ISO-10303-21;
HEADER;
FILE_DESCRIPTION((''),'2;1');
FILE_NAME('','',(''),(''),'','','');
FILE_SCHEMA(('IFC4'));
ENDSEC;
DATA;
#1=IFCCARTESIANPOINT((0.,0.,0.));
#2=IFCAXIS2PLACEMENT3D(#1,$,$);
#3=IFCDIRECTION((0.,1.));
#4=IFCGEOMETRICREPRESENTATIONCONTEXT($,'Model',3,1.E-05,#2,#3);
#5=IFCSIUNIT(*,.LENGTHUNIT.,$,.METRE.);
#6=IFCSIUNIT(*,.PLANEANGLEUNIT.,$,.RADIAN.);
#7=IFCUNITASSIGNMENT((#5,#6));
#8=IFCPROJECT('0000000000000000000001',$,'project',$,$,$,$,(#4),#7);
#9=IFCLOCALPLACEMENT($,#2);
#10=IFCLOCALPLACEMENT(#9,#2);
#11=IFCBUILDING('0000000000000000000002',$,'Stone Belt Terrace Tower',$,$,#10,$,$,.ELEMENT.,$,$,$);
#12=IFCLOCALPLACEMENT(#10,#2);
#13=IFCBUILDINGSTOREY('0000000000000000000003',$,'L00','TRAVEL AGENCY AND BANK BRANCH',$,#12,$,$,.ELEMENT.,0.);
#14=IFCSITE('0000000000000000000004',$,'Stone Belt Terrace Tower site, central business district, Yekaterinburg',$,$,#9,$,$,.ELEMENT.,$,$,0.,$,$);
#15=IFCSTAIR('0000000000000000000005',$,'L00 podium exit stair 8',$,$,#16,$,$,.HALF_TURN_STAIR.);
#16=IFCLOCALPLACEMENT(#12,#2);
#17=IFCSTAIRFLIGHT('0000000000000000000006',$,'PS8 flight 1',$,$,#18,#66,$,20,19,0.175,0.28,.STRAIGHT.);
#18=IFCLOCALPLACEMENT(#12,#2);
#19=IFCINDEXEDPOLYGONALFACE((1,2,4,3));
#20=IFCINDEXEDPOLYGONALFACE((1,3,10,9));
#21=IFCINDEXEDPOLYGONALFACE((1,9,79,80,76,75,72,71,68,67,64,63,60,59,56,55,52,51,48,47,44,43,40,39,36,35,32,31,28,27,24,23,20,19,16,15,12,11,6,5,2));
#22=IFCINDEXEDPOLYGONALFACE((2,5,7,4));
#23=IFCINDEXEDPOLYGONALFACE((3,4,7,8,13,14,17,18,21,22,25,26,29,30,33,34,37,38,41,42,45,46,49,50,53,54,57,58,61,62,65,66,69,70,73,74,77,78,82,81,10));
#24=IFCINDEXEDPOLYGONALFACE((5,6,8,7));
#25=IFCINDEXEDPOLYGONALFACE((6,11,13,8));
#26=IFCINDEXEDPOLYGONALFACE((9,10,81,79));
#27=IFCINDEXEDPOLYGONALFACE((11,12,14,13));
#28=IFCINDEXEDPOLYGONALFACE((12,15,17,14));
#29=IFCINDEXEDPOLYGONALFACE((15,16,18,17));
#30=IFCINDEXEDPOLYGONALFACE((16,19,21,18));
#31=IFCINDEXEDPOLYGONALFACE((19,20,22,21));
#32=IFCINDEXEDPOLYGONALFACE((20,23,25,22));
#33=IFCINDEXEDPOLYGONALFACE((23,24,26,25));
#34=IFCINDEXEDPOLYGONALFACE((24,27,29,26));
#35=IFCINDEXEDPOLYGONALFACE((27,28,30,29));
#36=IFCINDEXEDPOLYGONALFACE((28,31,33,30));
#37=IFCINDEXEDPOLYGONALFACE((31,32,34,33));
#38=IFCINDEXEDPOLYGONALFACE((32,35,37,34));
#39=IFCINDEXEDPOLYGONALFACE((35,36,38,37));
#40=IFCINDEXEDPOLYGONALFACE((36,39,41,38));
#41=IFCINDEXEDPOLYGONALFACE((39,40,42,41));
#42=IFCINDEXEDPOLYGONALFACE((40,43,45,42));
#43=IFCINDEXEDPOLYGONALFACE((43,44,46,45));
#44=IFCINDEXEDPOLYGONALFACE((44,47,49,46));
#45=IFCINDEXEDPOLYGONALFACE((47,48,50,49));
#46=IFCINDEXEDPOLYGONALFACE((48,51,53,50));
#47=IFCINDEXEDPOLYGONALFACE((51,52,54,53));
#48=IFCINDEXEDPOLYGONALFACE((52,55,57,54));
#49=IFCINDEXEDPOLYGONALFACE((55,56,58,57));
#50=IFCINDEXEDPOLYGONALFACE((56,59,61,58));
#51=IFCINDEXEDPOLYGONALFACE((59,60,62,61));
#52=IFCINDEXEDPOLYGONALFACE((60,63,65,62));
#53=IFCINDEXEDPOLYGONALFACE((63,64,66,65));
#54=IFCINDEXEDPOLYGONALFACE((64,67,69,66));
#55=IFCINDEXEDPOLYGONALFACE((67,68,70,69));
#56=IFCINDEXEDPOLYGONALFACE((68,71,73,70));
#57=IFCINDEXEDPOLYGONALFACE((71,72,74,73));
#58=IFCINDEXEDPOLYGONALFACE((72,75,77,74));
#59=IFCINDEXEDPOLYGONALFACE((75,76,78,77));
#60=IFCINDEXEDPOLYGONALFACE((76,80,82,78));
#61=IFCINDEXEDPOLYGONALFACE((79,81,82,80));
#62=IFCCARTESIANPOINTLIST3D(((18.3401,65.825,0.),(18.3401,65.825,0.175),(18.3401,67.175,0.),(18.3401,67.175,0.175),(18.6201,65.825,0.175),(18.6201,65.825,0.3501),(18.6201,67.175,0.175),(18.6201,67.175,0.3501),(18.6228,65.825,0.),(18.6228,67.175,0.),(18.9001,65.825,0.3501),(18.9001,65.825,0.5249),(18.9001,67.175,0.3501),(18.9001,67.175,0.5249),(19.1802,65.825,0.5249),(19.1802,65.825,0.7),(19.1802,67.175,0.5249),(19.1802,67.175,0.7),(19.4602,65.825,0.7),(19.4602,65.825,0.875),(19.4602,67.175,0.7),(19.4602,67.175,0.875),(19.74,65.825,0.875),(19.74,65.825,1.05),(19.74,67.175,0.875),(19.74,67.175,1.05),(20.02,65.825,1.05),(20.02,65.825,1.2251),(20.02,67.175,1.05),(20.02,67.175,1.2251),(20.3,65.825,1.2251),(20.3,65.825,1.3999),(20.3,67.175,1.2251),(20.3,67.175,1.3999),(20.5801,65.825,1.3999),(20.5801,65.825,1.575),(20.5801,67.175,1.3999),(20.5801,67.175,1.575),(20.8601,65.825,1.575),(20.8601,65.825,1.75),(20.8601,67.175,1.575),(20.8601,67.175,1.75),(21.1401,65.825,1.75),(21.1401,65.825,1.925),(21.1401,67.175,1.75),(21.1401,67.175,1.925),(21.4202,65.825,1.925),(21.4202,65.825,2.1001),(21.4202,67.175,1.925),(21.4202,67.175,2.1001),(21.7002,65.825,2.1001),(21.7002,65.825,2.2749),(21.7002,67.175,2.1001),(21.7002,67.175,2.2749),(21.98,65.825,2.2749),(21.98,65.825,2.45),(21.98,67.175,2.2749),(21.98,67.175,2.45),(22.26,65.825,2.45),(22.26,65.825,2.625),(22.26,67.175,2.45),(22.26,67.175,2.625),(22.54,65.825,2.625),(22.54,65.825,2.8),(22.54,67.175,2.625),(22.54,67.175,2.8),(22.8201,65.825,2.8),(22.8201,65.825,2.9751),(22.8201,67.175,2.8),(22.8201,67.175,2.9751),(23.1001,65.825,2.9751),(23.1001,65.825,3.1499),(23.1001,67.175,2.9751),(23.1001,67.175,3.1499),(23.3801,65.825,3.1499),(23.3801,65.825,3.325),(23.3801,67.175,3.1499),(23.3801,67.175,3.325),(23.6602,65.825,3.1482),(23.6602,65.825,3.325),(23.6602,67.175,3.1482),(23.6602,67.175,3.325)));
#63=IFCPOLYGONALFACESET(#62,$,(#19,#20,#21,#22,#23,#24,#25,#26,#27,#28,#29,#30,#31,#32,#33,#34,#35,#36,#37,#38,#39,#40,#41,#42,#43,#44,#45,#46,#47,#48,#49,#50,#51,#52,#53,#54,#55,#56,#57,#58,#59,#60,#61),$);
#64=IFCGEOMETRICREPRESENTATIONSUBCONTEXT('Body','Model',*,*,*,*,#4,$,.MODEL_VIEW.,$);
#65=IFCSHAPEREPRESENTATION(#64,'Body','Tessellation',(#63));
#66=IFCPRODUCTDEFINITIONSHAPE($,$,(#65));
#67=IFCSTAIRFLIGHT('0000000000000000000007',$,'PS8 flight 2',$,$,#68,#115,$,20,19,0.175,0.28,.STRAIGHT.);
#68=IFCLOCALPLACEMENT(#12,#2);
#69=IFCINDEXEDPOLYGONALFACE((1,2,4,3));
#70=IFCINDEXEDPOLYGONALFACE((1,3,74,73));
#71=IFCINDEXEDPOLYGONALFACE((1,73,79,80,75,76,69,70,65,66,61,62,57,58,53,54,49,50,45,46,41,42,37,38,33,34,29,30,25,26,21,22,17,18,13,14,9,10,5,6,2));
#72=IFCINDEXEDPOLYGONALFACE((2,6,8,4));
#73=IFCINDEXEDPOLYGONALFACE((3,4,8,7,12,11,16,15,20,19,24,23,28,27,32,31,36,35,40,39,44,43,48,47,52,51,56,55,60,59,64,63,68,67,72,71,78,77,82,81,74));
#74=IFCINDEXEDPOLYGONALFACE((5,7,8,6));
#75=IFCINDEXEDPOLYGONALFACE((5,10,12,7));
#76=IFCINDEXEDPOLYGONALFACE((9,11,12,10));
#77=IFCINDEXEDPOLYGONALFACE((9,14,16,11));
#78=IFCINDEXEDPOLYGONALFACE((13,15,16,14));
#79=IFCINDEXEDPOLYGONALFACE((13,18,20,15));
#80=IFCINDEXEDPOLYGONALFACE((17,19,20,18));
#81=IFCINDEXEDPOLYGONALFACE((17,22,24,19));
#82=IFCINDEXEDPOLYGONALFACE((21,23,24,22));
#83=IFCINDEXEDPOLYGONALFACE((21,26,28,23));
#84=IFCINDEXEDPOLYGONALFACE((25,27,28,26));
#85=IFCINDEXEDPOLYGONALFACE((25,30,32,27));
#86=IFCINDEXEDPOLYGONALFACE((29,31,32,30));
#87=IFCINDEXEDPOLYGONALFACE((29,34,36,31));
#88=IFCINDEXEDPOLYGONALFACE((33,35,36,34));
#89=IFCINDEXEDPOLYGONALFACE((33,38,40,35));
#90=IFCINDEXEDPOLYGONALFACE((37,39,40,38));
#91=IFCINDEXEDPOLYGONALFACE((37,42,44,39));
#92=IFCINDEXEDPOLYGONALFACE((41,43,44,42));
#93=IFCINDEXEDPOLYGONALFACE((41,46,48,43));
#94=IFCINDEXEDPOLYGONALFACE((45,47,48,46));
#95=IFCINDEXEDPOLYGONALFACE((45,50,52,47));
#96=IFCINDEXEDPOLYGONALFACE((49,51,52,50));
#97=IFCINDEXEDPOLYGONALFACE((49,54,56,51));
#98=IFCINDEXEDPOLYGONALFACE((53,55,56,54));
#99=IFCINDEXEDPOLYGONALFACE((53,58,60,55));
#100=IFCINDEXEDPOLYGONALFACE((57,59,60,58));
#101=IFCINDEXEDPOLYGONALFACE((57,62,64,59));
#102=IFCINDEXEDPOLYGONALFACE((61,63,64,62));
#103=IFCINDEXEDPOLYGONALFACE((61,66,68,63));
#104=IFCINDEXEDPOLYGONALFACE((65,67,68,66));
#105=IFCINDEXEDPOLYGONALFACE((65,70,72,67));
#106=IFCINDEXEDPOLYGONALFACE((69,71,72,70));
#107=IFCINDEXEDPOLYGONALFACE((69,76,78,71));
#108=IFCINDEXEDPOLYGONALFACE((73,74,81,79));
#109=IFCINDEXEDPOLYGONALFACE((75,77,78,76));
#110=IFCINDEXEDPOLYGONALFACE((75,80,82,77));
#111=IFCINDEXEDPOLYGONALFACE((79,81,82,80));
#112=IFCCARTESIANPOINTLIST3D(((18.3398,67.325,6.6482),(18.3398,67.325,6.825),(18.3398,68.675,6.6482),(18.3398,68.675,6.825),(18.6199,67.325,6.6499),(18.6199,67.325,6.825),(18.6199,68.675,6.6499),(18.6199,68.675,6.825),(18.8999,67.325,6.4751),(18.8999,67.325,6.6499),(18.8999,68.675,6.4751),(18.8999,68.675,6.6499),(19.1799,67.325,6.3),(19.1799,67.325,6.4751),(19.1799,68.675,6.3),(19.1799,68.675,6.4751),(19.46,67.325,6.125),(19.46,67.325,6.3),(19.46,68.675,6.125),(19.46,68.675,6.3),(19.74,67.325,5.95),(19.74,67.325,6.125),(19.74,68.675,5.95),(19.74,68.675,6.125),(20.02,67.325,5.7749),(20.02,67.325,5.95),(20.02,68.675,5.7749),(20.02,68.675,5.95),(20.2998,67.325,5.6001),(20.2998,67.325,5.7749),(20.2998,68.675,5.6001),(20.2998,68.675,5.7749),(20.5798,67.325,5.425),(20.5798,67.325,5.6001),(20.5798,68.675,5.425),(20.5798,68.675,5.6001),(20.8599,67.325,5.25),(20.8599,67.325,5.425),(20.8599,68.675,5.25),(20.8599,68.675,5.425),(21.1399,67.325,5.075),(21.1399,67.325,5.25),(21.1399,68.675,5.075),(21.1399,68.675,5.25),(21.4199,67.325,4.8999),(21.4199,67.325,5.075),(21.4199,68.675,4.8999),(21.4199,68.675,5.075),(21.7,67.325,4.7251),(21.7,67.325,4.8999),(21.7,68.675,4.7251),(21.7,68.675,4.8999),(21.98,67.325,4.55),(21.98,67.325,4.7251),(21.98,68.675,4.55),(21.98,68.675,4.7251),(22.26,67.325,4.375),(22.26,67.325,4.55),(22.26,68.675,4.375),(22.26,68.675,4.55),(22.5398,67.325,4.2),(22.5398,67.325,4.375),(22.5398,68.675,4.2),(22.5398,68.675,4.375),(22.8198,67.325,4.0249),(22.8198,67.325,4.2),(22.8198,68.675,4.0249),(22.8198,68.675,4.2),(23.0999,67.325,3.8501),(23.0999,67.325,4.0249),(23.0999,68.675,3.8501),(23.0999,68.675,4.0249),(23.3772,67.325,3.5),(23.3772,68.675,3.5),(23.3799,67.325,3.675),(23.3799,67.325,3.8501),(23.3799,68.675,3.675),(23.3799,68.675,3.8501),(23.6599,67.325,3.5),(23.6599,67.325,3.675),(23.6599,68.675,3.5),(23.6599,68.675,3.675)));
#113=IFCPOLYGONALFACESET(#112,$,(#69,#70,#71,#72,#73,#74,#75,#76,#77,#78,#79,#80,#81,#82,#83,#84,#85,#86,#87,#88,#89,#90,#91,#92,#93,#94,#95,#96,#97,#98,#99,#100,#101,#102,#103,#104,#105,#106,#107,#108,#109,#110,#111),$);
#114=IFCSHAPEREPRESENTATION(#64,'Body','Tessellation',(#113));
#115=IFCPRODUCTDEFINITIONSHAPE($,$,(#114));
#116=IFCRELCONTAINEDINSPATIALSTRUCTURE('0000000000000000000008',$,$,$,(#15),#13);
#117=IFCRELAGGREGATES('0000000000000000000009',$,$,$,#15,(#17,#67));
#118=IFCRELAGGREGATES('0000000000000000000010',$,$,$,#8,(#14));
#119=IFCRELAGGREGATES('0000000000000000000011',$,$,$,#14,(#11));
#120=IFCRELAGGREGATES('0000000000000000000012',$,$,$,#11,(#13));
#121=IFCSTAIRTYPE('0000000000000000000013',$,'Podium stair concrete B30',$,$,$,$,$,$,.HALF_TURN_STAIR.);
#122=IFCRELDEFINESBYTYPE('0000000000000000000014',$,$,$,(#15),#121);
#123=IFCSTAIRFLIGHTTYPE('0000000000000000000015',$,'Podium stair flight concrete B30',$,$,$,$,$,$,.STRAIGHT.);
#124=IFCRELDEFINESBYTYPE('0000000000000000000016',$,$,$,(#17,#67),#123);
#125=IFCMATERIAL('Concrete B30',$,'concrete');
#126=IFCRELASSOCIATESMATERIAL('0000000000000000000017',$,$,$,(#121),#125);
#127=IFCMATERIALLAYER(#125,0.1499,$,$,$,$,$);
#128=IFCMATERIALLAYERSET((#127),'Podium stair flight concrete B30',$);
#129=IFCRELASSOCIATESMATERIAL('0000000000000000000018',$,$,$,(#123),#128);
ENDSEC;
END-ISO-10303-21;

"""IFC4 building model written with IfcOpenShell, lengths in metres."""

from ifc_helpers import new_model, si_unit, direction, frame, origin, place, context, subcontext, project, spatial, polyline, outline, extrude, material, layer, layer_set, type_object, element, aggregate, save


model = new_model("IFC4")

# Units and contexts
model_context = context("Model", 3, precision=1e-05, world=origin(), true_north=direction((0.0, 1.0)))
body_context = subcontext(model_context, "Body", "Model", "MODEL_VIEW")
ifc_project = project(units=[si_unit("LENGTHUNIT", "METRE"), si_unit("PLANEANGLEUNIT", "RADIAN")], contexts=[model_context])

# Site, building, storey
site_placement = place(None, origin())
site = spatial("IfcSite", under=ifc_project, at=site_placement, Name="Stone Belt Terrace Tower site, central business district, Yekaterinburg", CompositionType="ELEMENT", RefElevation=0.0)
building_placement = place(site_placement, origin())
building = spatial("IfcBuilding", under=site, at=building_placement, Name="Stone Belt Terrace Tower", CompositionType="ELEMENT")
storey_placement = place(building_placement, origin())
storey = spatial("IfcBuildingStorey", under=building, at=storey_placement, Name="L00", Description="TRAVEL AGENCY AND BANK BRANCH", CompositionType="ELEMENT", Elevation=0.0)

# Shared definitions
ifc_material_1 = material(Name="Concrete B30", Category="concrete")

# Stair, stair flights
stair_type = type_object("IfcStairType", Name="Podium stair concrete B30", PredefinedType="HALF_TURN_STAIR", material=ifc_material_1)
stair_placement = place(storey_placement, origin())
stair = element("IfcStair", 1, at=stair_placement, inside=storey, type_object=stair_type, Name="L00 podium exit stair 8", PredefinedType="HALF_TURN_STAIR")
ifc_layer_1 = layer(ifc_material_1, 0.1499)
ifc_layer_set_1 = layer_set([ifc_layer_1], Name="Podium stair flight concrete B30")
stair_flight_type = type_object("IfcStairFlightType", Name="Podium stair flight concrete B30", PredefinedType="STRAIGHT", material=ifc_layer_set_1)
stair_flight_1_placement = place(storey_placement, frame((18.3401, 66.5, 0.0), z_axis=(0.0, 0.0, 1.0), x_axis=(1.0, 0.0, 0.0)))
stair_flight_1 = element("IfcStairFlight", 2, at=stair_flight_1_placement, type_object=stair_flight_type, Name="PS8 flight 1", NumberOfRisers=20, NumberOfTreads=19, PredefinedType="STRAIGHT", RiserHeight=0.175, TreadLength=0.28, context=body_context, shape_type="SweptSolid", body=[
    extrude(outline(polyline([(0.0, 0.0), (0.0, 0.175), (0.28, 0.175), (0.28, 0.3501), (0.5601, 0.3501), (0.5601, 0.5249), (0.8401, 0.5249), (0.8401, 0.7), (1.1201, 0.7), (1.1201, 0.875), (1.3999, 0.875), (1.3999, 1.05), (1.6799, 1.05), (1.6799, 1.2251), (1.96, 1.2251), (1.96, 1.3999), (2.24, 1.3999), (2.24, 1.575), (2.52, 1.575), (2.52, 1.75), (2.8, 1.75), (2.8, 1.925), (3.0801, 1.925), (3.0801, 2.1001), (3.3601, 2.1001), (3.3601, 2.2749), (3.6399, 2.2749), (3.6399, 2.45), (3.9199, 2.45), (3.9199, 2.625), (4.2, 2.625), (4.2, 2.8), (4.48, 2.8), (4.48, 2.9751), (4.76, 2.9751), (4.76, 3.1499), (5.04, 3.1499), (5.04, 3.325), (5.3201, 3.325), (5.3201, 3.5), (5.3201, 3.1482), (0.2827, 0.0), (0.0, 0.0)])), frame((0.0, 0.675, 0.0), z_axis=(0.0, -1.0, 0.0), x_axis=(1.0, 0.0, 0.0)), (0.0, 0.0, 1.0), 1.3501),
])
stair_flight_2_placement = place(storey_placement, frame((23.6599, 68.0, 3.5), z_axis=(0.0, 0.0, 1.0), x_axis=(-1.0, 0.0, 0.0)))
stair_flight_2 = element("IfcStairFlight", 3, at=stair_flight_2_placement, type_object=stair_flight_type, Name="PS8 flight 2", NumberOfRisers=20, NumberOfTreads=19, PredefinedType="STRAIGHT", RiserHeight=0.175, TreadLength=0.28, context=body_context, shape_type="SweptSolid", body=[
    extrude(outline(polyline([(0.0, 0.0), (0.0, 0.175), (0.28, 0.175), (0.28, 0.3501), (0.5601, 0.3501), (0.5601, 0.5249), (0.8401, 0.5249), (0.8401, 0.7), (1.1201, 0.7), (1.1201, 0.875), (1.3999, 0.875), (1.3999, 1.05), (1.6799, 1.05), (1.6799, 1.2251), (1.96, 1.2251), (1.96, 1.3999), (2.24, 1.3999), (2.24, 1.575), (2.52, 1.575), (2.52, 1.75), (2.8, 1.75), (2.8, 1.925), (3.0801, 1.925), (3.0801, 2.1001), (3.3601, 2.1001), (3.3601, 2.2749), (3.6399, 2.2749), (3.6399, 2.45), (3.9199, 2.45), (3.9199, 2.625), (4.2, 2.625), (4.2, 2.8), (4.48, 2.8), (4.48, 2.9751), (4.76, 2.9751), (4.76, 3.1499), (5.04, 3.1499), (5.04, 3.325), (5.3201, 3.325), (5.3201, 3.5), (5.3201, 3.1482), (0.2827, 0.0), (0.0, 0.0)])), frame((0.0, 0.675, 0.0), z_axis=(0.0, -1.0, 0.0), x_axis=(1.0, 0.0, 0.0)), (0.0, 0.0, 1.0), 1.3501),
])
aggregate(stair, [stair_flight_1, stair_flight_2])

save(model, "model.ifc")
